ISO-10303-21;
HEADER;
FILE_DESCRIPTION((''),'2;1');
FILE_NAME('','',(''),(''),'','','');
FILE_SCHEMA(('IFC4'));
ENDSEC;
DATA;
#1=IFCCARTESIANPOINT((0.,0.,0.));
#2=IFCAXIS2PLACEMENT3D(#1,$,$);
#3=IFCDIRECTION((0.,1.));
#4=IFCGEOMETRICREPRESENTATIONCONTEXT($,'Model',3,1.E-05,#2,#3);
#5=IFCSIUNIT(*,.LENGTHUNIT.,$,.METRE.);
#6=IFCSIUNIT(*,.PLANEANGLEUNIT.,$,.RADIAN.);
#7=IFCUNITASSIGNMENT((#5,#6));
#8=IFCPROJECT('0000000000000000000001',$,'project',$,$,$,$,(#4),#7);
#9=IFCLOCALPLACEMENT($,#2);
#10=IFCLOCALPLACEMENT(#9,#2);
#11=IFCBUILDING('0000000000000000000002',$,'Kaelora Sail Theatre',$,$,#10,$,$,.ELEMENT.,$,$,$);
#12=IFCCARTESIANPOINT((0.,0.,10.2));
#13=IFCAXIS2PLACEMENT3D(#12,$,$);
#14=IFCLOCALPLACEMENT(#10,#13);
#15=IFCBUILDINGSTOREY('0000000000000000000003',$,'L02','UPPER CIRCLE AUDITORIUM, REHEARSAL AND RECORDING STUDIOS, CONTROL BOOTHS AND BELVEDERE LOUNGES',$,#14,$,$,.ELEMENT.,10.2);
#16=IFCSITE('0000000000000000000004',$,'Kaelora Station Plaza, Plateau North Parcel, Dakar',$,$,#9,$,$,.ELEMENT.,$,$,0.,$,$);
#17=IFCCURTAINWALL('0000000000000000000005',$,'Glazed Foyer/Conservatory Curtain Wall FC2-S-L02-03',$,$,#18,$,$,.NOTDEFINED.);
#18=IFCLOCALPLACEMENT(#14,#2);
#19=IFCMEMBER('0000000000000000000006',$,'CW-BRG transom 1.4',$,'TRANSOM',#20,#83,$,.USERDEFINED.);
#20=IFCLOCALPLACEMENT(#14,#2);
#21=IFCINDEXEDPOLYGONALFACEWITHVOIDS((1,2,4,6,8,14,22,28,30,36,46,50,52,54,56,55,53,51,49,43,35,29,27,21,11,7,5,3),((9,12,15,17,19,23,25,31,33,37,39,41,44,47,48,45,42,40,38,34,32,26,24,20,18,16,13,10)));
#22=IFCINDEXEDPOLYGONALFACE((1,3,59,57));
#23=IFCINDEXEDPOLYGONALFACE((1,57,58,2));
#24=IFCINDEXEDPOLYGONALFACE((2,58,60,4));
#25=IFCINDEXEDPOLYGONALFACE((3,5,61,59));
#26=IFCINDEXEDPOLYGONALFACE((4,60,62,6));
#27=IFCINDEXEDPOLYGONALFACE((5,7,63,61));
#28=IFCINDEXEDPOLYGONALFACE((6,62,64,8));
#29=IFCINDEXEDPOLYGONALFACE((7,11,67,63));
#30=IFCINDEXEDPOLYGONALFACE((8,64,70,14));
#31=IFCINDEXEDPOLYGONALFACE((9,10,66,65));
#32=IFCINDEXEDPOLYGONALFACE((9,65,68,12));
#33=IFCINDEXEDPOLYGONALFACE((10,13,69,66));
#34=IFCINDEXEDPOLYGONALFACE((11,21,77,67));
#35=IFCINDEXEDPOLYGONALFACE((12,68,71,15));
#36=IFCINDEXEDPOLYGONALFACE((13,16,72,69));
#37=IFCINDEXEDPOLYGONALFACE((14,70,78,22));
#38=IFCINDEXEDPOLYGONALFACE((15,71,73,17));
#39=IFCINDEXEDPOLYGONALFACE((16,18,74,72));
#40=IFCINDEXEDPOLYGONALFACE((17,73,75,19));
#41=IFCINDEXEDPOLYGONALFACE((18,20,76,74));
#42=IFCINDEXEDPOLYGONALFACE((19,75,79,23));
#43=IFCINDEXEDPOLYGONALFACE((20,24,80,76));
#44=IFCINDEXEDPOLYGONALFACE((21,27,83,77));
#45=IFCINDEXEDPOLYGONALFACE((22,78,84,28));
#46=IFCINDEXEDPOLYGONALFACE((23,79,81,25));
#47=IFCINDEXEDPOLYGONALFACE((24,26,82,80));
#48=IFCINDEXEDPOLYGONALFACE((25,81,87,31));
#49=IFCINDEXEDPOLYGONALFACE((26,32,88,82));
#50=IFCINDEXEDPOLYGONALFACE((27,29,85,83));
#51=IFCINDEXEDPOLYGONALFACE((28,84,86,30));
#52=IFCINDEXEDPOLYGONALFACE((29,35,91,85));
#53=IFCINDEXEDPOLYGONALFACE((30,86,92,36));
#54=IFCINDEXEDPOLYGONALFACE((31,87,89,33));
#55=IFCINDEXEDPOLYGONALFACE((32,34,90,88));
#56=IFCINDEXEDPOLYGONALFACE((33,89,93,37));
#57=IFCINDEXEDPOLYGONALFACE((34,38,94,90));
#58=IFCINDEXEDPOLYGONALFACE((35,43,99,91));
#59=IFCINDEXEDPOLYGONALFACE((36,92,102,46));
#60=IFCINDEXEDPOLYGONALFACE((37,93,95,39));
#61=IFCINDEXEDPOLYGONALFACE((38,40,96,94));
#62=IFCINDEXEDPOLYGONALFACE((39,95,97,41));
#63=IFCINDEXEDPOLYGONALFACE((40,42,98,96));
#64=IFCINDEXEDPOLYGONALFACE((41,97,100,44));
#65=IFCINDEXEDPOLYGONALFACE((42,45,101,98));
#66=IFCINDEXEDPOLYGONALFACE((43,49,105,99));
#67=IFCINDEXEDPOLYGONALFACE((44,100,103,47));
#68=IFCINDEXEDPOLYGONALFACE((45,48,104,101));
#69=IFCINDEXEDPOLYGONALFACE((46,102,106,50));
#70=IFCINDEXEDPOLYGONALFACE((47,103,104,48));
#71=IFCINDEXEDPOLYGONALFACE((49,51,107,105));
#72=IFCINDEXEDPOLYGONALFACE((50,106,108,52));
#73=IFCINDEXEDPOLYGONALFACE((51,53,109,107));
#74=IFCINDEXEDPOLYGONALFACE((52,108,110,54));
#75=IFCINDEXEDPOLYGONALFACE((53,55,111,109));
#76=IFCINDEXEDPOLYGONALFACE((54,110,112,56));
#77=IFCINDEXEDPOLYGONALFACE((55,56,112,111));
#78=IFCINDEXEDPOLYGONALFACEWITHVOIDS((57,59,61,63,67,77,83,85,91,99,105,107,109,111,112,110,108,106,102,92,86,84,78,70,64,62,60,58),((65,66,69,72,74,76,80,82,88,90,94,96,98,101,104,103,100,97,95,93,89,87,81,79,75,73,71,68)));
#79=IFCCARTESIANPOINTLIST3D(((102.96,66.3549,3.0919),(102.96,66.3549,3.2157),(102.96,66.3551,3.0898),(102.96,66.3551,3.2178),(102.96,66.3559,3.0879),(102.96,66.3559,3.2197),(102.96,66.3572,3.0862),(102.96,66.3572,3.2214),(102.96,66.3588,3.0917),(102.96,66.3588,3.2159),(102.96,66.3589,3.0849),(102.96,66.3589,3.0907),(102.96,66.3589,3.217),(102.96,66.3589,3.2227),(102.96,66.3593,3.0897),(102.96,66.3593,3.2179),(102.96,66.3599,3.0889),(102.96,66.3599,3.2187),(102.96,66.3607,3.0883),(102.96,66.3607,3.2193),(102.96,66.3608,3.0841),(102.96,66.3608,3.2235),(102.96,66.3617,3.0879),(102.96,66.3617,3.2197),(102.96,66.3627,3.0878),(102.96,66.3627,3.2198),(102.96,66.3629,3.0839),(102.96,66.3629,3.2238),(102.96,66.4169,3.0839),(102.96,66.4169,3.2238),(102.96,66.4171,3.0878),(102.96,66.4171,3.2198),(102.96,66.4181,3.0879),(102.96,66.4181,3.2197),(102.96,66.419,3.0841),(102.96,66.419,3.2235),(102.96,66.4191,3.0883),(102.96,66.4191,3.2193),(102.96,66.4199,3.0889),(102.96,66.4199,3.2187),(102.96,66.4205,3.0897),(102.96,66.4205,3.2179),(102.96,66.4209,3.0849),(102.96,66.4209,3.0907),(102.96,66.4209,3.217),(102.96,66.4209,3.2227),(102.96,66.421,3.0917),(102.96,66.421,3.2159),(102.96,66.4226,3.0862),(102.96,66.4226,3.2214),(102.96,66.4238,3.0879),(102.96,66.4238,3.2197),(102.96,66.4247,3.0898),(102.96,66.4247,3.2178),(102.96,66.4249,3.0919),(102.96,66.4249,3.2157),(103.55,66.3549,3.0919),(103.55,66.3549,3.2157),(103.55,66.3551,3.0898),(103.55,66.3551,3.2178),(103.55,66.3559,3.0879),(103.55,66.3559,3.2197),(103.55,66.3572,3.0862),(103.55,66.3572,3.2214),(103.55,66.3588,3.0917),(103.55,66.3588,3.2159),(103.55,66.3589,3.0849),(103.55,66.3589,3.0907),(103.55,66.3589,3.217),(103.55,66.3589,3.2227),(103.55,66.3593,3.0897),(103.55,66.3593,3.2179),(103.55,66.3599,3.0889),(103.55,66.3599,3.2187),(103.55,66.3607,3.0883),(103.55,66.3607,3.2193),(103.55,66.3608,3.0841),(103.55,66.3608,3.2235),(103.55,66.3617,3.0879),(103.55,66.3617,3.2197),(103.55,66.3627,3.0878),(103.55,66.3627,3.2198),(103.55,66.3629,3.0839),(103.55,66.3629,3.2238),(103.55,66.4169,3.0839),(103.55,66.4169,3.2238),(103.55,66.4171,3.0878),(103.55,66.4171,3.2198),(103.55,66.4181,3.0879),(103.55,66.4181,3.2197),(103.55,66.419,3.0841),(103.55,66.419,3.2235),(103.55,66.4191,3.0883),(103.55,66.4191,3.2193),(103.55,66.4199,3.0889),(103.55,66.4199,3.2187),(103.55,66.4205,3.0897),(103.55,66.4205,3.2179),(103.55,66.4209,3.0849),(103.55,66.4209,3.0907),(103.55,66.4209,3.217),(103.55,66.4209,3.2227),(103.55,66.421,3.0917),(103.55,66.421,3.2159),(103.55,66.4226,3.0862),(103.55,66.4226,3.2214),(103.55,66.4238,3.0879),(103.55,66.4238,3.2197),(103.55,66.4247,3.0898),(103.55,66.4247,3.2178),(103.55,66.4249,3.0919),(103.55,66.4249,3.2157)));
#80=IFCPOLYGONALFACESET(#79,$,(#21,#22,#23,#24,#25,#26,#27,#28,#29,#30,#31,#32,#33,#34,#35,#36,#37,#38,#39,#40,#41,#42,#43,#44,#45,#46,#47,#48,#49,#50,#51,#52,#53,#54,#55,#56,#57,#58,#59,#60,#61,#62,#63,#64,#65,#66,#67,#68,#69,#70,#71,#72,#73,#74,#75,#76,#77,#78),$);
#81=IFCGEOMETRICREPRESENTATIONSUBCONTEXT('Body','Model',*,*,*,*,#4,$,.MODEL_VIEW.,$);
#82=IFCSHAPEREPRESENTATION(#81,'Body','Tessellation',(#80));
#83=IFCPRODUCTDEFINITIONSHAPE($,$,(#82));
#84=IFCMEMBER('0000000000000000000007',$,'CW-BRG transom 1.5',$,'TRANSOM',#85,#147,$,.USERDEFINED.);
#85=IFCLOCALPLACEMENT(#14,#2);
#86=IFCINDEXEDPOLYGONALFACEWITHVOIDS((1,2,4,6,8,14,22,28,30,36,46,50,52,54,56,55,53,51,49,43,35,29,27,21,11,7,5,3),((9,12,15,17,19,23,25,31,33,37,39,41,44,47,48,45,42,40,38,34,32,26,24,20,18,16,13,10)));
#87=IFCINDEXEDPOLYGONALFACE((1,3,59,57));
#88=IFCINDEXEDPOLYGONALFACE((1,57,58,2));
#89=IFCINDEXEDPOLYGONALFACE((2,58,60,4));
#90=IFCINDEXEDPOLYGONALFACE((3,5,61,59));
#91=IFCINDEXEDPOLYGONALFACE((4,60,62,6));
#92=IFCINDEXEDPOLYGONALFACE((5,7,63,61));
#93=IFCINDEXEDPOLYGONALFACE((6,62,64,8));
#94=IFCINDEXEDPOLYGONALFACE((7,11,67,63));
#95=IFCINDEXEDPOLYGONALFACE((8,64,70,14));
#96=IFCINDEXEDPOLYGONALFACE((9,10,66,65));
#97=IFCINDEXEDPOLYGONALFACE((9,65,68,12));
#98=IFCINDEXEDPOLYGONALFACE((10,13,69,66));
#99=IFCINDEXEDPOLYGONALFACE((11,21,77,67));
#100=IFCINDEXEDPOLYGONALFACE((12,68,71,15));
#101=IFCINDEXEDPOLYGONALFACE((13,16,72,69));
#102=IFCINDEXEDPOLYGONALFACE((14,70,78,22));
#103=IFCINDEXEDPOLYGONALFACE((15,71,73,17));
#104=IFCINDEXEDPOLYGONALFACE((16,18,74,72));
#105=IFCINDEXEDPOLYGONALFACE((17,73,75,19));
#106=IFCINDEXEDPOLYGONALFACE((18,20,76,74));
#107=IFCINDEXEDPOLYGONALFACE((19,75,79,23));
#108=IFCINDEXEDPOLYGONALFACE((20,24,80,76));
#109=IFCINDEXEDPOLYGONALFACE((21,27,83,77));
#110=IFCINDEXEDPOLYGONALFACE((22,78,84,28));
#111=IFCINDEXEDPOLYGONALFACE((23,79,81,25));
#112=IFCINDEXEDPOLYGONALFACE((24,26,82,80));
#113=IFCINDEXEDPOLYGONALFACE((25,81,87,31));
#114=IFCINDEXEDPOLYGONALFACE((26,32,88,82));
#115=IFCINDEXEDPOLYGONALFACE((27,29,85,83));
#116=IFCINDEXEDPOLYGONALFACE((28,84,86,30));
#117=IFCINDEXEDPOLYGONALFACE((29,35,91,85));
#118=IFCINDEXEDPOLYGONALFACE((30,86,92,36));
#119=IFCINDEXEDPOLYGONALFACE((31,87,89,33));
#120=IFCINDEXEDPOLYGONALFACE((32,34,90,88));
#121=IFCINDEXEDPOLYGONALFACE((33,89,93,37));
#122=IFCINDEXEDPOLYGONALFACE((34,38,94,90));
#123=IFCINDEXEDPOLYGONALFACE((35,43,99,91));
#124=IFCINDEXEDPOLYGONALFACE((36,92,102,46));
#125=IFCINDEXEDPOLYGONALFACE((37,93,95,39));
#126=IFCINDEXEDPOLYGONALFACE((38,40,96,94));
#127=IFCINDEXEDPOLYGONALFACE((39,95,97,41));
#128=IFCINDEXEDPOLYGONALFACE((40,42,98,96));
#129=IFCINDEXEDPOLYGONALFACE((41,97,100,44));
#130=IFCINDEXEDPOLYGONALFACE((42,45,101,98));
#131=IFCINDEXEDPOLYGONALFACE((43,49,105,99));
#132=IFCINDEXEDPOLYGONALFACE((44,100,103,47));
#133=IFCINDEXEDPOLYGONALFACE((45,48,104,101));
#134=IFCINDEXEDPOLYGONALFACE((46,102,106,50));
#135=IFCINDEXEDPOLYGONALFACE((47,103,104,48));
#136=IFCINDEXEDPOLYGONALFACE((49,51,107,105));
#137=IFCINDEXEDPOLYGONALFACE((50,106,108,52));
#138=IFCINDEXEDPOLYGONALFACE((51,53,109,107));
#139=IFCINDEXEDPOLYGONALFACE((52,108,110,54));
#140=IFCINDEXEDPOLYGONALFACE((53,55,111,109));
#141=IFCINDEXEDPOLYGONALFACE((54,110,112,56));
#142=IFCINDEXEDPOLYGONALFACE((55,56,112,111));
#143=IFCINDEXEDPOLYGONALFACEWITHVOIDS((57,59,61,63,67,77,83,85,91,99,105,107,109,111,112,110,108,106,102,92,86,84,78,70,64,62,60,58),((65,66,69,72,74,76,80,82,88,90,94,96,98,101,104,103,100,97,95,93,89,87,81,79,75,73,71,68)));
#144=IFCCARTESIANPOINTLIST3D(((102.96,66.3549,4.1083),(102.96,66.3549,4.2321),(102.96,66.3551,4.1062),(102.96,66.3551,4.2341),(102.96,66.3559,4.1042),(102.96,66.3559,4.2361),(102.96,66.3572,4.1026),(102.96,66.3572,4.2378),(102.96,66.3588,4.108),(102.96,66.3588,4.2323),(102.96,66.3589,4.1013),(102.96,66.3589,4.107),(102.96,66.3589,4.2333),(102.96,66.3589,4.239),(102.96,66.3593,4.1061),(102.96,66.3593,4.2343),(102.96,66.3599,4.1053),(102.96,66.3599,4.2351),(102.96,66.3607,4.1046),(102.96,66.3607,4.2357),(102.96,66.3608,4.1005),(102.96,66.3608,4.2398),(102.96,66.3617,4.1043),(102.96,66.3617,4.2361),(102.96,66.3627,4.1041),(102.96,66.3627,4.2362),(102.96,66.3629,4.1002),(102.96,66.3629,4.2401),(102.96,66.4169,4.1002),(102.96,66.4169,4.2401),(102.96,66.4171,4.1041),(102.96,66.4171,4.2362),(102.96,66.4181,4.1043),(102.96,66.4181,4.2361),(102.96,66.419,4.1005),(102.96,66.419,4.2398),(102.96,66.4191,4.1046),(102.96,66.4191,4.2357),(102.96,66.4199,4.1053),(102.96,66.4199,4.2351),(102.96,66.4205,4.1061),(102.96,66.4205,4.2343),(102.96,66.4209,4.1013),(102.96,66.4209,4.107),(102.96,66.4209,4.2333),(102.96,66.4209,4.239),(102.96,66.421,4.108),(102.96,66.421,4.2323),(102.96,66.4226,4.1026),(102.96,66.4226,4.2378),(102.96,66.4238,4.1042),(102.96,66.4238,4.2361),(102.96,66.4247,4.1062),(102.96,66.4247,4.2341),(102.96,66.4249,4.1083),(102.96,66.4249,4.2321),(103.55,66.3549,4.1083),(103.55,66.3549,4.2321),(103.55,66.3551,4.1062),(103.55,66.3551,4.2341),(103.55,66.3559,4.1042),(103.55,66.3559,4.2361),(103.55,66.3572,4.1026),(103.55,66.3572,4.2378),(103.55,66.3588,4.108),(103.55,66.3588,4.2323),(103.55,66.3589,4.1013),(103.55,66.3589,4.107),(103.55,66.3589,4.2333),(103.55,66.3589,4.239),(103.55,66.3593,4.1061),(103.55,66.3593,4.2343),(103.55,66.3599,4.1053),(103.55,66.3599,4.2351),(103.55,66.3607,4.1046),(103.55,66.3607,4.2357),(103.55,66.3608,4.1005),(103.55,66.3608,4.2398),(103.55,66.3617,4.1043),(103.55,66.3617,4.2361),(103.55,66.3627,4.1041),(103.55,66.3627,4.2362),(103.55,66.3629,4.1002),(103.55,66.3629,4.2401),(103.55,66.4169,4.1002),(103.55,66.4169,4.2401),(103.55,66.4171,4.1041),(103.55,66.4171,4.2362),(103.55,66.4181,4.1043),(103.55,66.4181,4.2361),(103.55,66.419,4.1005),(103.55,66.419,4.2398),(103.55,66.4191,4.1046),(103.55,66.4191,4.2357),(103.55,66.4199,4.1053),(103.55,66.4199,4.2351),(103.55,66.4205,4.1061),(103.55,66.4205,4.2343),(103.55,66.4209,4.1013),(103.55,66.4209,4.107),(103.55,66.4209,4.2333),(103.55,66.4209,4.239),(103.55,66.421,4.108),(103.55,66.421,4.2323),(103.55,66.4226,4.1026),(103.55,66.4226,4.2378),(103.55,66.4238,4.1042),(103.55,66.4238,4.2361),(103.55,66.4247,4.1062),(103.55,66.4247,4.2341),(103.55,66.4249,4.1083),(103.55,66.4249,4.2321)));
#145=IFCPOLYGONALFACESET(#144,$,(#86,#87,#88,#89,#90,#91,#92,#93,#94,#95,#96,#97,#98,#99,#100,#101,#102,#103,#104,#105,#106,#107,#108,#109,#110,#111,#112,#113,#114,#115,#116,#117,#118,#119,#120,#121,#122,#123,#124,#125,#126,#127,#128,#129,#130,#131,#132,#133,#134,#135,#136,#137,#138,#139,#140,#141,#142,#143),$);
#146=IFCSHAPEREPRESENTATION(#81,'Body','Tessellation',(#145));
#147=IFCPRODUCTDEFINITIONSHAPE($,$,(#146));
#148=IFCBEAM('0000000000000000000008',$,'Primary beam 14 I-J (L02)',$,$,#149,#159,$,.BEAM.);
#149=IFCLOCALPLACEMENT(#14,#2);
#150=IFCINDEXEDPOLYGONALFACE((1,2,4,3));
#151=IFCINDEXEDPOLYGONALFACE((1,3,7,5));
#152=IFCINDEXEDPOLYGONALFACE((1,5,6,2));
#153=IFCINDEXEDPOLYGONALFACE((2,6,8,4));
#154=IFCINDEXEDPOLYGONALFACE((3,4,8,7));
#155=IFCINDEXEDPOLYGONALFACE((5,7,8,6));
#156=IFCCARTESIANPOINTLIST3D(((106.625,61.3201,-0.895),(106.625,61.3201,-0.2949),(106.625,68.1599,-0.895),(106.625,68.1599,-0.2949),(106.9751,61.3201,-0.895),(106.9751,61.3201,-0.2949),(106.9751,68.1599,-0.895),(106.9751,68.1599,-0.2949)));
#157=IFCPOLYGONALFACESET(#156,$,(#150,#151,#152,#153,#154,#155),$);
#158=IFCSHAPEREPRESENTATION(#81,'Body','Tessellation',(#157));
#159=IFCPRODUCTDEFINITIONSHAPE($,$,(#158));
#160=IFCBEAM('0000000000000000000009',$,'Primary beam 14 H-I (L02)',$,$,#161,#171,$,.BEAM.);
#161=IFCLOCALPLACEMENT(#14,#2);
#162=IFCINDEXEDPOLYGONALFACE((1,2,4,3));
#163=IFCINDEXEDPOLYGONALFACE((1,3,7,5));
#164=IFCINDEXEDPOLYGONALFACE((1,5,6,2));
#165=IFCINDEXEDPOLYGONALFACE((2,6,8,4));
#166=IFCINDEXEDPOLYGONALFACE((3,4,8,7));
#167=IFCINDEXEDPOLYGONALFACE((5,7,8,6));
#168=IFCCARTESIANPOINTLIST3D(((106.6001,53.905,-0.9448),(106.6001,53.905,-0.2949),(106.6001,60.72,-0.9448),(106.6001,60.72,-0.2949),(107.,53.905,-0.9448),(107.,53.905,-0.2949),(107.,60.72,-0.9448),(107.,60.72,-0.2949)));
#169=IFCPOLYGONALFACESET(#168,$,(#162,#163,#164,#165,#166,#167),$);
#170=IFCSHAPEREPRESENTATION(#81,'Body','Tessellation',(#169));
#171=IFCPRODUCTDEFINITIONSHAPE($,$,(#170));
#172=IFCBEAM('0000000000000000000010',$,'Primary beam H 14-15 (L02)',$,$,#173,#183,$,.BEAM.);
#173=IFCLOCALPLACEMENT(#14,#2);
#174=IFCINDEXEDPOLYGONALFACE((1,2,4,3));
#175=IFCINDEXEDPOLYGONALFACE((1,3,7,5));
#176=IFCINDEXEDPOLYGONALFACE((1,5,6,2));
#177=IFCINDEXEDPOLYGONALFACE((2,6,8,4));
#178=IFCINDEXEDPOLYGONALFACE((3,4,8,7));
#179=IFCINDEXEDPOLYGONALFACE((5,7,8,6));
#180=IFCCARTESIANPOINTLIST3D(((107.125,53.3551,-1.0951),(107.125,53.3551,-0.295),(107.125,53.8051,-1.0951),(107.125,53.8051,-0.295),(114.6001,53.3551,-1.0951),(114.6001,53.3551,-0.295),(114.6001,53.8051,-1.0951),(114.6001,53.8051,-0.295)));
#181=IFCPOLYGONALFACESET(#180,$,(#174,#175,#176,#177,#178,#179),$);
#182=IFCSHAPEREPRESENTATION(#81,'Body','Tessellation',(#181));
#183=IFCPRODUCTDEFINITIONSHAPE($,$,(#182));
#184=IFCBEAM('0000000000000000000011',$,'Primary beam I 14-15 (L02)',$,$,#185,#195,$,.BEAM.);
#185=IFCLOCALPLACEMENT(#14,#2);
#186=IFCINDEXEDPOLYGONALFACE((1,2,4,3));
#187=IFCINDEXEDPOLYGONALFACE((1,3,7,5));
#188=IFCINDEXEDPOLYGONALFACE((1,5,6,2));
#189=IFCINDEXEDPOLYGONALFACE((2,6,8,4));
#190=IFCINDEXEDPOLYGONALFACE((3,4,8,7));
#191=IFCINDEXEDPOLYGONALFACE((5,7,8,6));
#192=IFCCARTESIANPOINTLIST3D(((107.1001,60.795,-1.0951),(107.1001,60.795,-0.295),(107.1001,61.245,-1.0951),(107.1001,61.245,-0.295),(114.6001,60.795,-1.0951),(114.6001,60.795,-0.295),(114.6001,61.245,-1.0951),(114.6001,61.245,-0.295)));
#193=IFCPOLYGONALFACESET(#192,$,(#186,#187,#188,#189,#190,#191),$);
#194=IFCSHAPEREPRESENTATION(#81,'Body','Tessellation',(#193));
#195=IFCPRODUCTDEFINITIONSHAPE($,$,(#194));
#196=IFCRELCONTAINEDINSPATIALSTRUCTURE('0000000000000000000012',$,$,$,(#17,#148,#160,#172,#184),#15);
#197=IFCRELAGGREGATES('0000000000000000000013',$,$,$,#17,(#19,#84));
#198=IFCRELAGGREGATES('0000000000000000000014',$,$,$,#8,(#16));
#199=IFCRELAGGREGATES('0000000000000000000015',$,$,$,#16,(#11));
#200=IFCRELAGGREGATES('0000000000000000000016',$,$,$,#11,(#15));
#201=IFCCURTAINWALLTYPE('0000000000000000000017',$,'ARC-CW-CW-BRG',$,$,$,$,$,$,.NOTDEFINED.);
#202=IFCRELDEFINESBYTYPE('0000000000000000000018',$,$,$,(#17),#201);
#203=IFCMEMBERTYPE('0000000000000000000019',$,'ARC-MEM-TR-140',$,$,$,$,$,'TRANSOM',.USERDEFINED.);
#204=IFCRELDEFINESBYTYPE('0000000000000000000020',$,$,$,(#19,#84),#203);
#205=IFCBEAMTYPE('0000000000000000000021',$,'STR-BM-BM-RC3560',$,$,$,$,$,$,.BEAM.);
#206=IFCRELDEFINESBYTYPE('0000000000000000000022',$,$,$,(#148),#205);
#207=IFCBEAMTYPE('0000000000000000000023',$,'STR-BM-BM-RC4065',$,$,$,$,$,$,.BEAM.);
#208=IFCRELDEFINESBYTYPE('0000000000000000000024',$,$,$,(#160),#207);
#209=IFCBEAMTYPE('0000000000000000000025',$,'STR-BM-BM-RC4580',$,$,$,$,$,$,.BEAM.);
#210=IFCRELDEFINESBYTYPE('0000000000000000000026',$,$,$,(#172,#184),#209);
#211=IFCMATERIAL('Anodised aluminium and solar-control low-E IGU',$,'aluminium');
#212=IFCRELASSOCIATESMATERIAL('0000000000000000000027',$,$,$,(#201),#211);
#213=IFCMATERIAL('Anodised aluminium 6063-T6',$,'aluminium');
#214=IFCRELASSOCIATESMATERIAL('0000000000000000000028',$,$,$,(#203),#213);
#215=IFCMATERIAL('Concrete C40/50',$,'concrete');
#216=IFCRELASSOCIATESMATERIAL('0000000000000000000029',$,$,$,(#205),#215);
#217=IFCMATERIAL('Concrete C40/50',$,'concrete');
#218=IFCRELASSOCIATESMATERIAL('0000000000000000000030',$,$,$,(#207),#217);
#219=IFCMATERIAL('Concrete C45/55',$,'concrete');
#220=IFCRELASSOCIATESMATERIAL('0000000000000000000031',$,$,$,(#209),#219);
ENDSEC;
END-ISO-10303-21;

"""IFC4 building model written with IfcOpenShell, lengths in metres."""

from ifc_helpers import new_model, si_unit, direction, frame, origin, origin_2d, place, context, subcontext, project, spatial, rectangle, hollow_rectangle, extrude, material, material_profile, profile_set, type_object, element, aggregate, save


model = new_model("IFC4")

# Units and contexts
model_context = context("Model", 3, precision=1e-05, world=origin(), true_north=direction((0.0, 1.0)))
body_context = subcontext(model_context, "Body", "Model", "MODEL_VIEW")
ifc_project = project(units=[si_unit("LENGTHUNIT", "METRE"), si_unit("PLANEANGLEUNIT", "RADIAN")], contexts=[model_context])

# Site, building, storey
site_placement = place(None, origin())
site = spatial("IfcSite", under=ifc_project, at=site_placement, Name="Kaelora Station Plaza, Plateau North Parcel, Dakar", CompositionType="ELEMENT", RefElevation=0.0)
building_placement = place(site_placement, origin())
building = spatial("IfcBuilding", under=site, at=building_placement, Name="Kaelora Sail Theatre", CompositionType="ELEMENT")
storey_placement = place(building_placement, frame((0.0, 0.0, 10.2)))
storey = spatial("IfcBuildingStorey", under=building, at=storey_placement, Name="L02", Description="UPPER CIRCLE AUDITORIUM, REHEARSAL AND RECORDING STUDIOS, CONTROL BOOTHS AND BELVEDERE LOUNGES", CompositionType="ELEMENT", Elevation=10.2)

# Shared definitions
ifc_material_1 = material(Name="Anodised aluminium and solar-control low-E IGU", Category="aluminium")
curtain_wall_type = type_object("IfcCurtainWallType", Name="ARC-CW-CW-BRG", PredefinedType="NOTDEFINED", material=ifc_material_1)

# Curtain wall, members
curtain_wall_1_placement = place(storey_placement, origin())
curtain_wall_1 = element("IfcCurtainWall", 1, at=curtain_wall_1_placement, inside=storey, type_object=curtain_wall_type, Name="Glazed Foyer/Conservatory Curtain Wall FC2-S-L02-03", PredefinedType="NOTDEFINED")
ifc_material_2 = material(Name="Anodised aluminium 6063-T6", Category="aluminium")
ifc_material_profile_1 = material_profile(ifc_material_2, hollow_rectangle(XDim=0.0701, YDim=0.1399, WallThickness=0.0039, InnerFilletRadius=0.0039, OuterFilletRadius=0.0081, at=origin_2d()), Name="ALU-TRAN 70x140x4")
ifc_profile_set_1 = profile_set([ifc_material_profile_1], Name="Anodised aluminium 6063-T6")
member_type_1 = type_object("IfcMemberType", Name="ARC-MEM-TR-140", ElementType="TRANSOM", PredefinedType="USERDEFINED", material=ifc_profile_set_1)
member_1_placement = place(storey_placement, frame((102.96, 66.3899, 3.1538), z_axis=(1.0, 0.0, 0.0), x_axis=(0.0, 1.0, 0.0)))
member_1 = element("IfcMember", 2, at=member_1_placement, type_object=member_type_1, Name="CW-BRG transom 1.4", ObjectType="TRANSOM", PredefinedType="USERDEFINED", context=body_context, shape_type="SweptSolid", body=[
    extrude(hollow_rectangle(XDim=0.0701, YDim=0.1399, WallThickness=0.0039, InnerFilletRadius=0.0039, OuterFilletRadius=0.0081, at=origin_2d()), origin(), (0.0, 0.0, 1.0), 0.5901),
])
member_2_placement = place(storey_placement, frame((102.96, 66.3899, 4.1702), z_axis=(1.0, 0.0, 0.0), x_axis=(0.0, 1.0, 0.0)))
member_2 = element("IfcMember", 3, at=member_2_placement, type_object=member_type_1, Name="CW-BRG transom 1.5", ObjectType="TRANSOM", PredefinedType="USERDEFINED", context=body_context, shape_type="SweptSolid", body=[
    extrude(hollow_rectangle(XDim=0.0701, YDim=0.1399, WallThickness=0.0039, InnerFilletRadius=0.0039, OuterFilletRadius=0.0081, at=origin_2d()), origin(), (0.0, 0.0, 1.0), 0.5901),
])

# Beams
ifc_material_3 = material(Name="Concrete C40/50", Category="concrete")
ifc_material_profile_2 = material_profile(ifc_material_3, rectangle(XDim=0.3501, YDim=0.6001, at=origin_2d()), Name="RC-BM 350x600")
ifc_profile_set_2 = profile_set([ifc_material_profile_2], Name="Concrete C40/50")
beam_type_1 = type_object("IfcBeamType", Name="STR-BM-BM-RC3560", PredefinedType="BEAM", material=ifc_profile_set_2)
beam_1_placement = place(storey_placement, frame((106.8, 61.3201, -0.595), z_axis=(0.0, 1.0, 0.0), x_axis=(-1.0, 0.0, 0.0)))
element("IfcBeam", 4, at=beam_1_placement, inside=storey, type_object=beam_type_1, Name="Primary beam 14 I-J (L02)", PredefinedType="BEAM", context=body_context, shape_type="SweptSolid", body=[
    extrude(rectangle(XDim=0.3501, YDim=0.6001, at=origin_2d()), origin(), (0.0, 0.0, 1.0), 6.8398),
])
ifc_material_4 = material(Name="Concrete C40/50", Category="concrete")
ifc_material_profile_3 = material_profile(ifc_material_4, rectangle(XDim=0.3999, YDim=0.6499, at=origin_2d()), Name="RC-BM 400x650")
ifc_profile_set_3 = profile_set([ifc_material_profile_3], Name="Concrete C40/50")
beam_type_2 = type_object("IfcBeamType", Name="STR-BM-BM-RC4065", PredefinedType="BEAM", material=ifc_profile_set_3)
beam_2_placement = place(storey_placement, frame((106.8, 53.905, -0.6199), z_axis=(0.0, 1.0, 0.0), x_axis=(-1.0, 0.0, 0.0)))
element("IfcBeam", 5, at=beam_2_placement, inside=storey, type_object=beam_type_2, Name="Primary beam 14 H-I (L02)", PredefinedType="BEAM", context=body_context, shape_type="SweptSolid", body=[
    extrude(rectangle(XDim=0.3999, YDim=0.6499, at=origin_2d()), origin(), (0.0, 0.0, 1.0), 6.8149),
])
ifc_material_5 = material(Name="Concrete C45/55", Category="concrete")
ifc_material_profile_4 = material_profile(ifc_material_5, rectangle(XDim=0.45, YDim=0.8, at=origin_2d()), Name="RC-BM 450x800")
ifc_profile_set_4 = profile_set([ifc_material_profile_4], Name="Concrete C45/55")
beam_type_3 = type_object("IfcBeamType", Name="STR-BM-BM-RC4580", PredefinedType="BEAM", material=ifc_profile_set_4)
beam_3_placement = place(storey_placement, frame((107.125, 53.5801, -0.6951), z_axis=(1.0, 0.0, 0.0), x_axis=(0.0, 1.0, 0.0)))
element("IfcBeam", 6, at=beam_3_placement, inside=storey, type_object=beam_type_3, Name="Primary beam H 14-15 (L02)", PredefinedType="BEAM", context=body_context, shape_type="SweptSolid", body=[
    extrude(rectangle(XDim=0.45, YDim=0.8, at=origin_2d()), origin(), (0.0, 0.0, 1.0), 7.4751),
])
beam_4_placement = place(storey_placement, frame((107.1001, 61.02, -0.6951), z_axis=(1.0, 0.0, 0.0), x_axis=(0.0, 1.0, 0.0)))
element("IfcBeam", 7, at=beam_4_placement, inside=storey, type_object=beam_type_3, Name="Primary beam I 14-15 (L02)", PredefinedType="BEAM", context=body_context, shape_type="SweptSolid", body=[
    extrude(rectangle(XDim=0.45, YDim=0.8, at=origin_2d()), origin(), (0.0, 0.0, 1.0), 7.5),
])

aggregate(curtain_wall_1, [member_1, member_2])

save(model, "model.ifc")
